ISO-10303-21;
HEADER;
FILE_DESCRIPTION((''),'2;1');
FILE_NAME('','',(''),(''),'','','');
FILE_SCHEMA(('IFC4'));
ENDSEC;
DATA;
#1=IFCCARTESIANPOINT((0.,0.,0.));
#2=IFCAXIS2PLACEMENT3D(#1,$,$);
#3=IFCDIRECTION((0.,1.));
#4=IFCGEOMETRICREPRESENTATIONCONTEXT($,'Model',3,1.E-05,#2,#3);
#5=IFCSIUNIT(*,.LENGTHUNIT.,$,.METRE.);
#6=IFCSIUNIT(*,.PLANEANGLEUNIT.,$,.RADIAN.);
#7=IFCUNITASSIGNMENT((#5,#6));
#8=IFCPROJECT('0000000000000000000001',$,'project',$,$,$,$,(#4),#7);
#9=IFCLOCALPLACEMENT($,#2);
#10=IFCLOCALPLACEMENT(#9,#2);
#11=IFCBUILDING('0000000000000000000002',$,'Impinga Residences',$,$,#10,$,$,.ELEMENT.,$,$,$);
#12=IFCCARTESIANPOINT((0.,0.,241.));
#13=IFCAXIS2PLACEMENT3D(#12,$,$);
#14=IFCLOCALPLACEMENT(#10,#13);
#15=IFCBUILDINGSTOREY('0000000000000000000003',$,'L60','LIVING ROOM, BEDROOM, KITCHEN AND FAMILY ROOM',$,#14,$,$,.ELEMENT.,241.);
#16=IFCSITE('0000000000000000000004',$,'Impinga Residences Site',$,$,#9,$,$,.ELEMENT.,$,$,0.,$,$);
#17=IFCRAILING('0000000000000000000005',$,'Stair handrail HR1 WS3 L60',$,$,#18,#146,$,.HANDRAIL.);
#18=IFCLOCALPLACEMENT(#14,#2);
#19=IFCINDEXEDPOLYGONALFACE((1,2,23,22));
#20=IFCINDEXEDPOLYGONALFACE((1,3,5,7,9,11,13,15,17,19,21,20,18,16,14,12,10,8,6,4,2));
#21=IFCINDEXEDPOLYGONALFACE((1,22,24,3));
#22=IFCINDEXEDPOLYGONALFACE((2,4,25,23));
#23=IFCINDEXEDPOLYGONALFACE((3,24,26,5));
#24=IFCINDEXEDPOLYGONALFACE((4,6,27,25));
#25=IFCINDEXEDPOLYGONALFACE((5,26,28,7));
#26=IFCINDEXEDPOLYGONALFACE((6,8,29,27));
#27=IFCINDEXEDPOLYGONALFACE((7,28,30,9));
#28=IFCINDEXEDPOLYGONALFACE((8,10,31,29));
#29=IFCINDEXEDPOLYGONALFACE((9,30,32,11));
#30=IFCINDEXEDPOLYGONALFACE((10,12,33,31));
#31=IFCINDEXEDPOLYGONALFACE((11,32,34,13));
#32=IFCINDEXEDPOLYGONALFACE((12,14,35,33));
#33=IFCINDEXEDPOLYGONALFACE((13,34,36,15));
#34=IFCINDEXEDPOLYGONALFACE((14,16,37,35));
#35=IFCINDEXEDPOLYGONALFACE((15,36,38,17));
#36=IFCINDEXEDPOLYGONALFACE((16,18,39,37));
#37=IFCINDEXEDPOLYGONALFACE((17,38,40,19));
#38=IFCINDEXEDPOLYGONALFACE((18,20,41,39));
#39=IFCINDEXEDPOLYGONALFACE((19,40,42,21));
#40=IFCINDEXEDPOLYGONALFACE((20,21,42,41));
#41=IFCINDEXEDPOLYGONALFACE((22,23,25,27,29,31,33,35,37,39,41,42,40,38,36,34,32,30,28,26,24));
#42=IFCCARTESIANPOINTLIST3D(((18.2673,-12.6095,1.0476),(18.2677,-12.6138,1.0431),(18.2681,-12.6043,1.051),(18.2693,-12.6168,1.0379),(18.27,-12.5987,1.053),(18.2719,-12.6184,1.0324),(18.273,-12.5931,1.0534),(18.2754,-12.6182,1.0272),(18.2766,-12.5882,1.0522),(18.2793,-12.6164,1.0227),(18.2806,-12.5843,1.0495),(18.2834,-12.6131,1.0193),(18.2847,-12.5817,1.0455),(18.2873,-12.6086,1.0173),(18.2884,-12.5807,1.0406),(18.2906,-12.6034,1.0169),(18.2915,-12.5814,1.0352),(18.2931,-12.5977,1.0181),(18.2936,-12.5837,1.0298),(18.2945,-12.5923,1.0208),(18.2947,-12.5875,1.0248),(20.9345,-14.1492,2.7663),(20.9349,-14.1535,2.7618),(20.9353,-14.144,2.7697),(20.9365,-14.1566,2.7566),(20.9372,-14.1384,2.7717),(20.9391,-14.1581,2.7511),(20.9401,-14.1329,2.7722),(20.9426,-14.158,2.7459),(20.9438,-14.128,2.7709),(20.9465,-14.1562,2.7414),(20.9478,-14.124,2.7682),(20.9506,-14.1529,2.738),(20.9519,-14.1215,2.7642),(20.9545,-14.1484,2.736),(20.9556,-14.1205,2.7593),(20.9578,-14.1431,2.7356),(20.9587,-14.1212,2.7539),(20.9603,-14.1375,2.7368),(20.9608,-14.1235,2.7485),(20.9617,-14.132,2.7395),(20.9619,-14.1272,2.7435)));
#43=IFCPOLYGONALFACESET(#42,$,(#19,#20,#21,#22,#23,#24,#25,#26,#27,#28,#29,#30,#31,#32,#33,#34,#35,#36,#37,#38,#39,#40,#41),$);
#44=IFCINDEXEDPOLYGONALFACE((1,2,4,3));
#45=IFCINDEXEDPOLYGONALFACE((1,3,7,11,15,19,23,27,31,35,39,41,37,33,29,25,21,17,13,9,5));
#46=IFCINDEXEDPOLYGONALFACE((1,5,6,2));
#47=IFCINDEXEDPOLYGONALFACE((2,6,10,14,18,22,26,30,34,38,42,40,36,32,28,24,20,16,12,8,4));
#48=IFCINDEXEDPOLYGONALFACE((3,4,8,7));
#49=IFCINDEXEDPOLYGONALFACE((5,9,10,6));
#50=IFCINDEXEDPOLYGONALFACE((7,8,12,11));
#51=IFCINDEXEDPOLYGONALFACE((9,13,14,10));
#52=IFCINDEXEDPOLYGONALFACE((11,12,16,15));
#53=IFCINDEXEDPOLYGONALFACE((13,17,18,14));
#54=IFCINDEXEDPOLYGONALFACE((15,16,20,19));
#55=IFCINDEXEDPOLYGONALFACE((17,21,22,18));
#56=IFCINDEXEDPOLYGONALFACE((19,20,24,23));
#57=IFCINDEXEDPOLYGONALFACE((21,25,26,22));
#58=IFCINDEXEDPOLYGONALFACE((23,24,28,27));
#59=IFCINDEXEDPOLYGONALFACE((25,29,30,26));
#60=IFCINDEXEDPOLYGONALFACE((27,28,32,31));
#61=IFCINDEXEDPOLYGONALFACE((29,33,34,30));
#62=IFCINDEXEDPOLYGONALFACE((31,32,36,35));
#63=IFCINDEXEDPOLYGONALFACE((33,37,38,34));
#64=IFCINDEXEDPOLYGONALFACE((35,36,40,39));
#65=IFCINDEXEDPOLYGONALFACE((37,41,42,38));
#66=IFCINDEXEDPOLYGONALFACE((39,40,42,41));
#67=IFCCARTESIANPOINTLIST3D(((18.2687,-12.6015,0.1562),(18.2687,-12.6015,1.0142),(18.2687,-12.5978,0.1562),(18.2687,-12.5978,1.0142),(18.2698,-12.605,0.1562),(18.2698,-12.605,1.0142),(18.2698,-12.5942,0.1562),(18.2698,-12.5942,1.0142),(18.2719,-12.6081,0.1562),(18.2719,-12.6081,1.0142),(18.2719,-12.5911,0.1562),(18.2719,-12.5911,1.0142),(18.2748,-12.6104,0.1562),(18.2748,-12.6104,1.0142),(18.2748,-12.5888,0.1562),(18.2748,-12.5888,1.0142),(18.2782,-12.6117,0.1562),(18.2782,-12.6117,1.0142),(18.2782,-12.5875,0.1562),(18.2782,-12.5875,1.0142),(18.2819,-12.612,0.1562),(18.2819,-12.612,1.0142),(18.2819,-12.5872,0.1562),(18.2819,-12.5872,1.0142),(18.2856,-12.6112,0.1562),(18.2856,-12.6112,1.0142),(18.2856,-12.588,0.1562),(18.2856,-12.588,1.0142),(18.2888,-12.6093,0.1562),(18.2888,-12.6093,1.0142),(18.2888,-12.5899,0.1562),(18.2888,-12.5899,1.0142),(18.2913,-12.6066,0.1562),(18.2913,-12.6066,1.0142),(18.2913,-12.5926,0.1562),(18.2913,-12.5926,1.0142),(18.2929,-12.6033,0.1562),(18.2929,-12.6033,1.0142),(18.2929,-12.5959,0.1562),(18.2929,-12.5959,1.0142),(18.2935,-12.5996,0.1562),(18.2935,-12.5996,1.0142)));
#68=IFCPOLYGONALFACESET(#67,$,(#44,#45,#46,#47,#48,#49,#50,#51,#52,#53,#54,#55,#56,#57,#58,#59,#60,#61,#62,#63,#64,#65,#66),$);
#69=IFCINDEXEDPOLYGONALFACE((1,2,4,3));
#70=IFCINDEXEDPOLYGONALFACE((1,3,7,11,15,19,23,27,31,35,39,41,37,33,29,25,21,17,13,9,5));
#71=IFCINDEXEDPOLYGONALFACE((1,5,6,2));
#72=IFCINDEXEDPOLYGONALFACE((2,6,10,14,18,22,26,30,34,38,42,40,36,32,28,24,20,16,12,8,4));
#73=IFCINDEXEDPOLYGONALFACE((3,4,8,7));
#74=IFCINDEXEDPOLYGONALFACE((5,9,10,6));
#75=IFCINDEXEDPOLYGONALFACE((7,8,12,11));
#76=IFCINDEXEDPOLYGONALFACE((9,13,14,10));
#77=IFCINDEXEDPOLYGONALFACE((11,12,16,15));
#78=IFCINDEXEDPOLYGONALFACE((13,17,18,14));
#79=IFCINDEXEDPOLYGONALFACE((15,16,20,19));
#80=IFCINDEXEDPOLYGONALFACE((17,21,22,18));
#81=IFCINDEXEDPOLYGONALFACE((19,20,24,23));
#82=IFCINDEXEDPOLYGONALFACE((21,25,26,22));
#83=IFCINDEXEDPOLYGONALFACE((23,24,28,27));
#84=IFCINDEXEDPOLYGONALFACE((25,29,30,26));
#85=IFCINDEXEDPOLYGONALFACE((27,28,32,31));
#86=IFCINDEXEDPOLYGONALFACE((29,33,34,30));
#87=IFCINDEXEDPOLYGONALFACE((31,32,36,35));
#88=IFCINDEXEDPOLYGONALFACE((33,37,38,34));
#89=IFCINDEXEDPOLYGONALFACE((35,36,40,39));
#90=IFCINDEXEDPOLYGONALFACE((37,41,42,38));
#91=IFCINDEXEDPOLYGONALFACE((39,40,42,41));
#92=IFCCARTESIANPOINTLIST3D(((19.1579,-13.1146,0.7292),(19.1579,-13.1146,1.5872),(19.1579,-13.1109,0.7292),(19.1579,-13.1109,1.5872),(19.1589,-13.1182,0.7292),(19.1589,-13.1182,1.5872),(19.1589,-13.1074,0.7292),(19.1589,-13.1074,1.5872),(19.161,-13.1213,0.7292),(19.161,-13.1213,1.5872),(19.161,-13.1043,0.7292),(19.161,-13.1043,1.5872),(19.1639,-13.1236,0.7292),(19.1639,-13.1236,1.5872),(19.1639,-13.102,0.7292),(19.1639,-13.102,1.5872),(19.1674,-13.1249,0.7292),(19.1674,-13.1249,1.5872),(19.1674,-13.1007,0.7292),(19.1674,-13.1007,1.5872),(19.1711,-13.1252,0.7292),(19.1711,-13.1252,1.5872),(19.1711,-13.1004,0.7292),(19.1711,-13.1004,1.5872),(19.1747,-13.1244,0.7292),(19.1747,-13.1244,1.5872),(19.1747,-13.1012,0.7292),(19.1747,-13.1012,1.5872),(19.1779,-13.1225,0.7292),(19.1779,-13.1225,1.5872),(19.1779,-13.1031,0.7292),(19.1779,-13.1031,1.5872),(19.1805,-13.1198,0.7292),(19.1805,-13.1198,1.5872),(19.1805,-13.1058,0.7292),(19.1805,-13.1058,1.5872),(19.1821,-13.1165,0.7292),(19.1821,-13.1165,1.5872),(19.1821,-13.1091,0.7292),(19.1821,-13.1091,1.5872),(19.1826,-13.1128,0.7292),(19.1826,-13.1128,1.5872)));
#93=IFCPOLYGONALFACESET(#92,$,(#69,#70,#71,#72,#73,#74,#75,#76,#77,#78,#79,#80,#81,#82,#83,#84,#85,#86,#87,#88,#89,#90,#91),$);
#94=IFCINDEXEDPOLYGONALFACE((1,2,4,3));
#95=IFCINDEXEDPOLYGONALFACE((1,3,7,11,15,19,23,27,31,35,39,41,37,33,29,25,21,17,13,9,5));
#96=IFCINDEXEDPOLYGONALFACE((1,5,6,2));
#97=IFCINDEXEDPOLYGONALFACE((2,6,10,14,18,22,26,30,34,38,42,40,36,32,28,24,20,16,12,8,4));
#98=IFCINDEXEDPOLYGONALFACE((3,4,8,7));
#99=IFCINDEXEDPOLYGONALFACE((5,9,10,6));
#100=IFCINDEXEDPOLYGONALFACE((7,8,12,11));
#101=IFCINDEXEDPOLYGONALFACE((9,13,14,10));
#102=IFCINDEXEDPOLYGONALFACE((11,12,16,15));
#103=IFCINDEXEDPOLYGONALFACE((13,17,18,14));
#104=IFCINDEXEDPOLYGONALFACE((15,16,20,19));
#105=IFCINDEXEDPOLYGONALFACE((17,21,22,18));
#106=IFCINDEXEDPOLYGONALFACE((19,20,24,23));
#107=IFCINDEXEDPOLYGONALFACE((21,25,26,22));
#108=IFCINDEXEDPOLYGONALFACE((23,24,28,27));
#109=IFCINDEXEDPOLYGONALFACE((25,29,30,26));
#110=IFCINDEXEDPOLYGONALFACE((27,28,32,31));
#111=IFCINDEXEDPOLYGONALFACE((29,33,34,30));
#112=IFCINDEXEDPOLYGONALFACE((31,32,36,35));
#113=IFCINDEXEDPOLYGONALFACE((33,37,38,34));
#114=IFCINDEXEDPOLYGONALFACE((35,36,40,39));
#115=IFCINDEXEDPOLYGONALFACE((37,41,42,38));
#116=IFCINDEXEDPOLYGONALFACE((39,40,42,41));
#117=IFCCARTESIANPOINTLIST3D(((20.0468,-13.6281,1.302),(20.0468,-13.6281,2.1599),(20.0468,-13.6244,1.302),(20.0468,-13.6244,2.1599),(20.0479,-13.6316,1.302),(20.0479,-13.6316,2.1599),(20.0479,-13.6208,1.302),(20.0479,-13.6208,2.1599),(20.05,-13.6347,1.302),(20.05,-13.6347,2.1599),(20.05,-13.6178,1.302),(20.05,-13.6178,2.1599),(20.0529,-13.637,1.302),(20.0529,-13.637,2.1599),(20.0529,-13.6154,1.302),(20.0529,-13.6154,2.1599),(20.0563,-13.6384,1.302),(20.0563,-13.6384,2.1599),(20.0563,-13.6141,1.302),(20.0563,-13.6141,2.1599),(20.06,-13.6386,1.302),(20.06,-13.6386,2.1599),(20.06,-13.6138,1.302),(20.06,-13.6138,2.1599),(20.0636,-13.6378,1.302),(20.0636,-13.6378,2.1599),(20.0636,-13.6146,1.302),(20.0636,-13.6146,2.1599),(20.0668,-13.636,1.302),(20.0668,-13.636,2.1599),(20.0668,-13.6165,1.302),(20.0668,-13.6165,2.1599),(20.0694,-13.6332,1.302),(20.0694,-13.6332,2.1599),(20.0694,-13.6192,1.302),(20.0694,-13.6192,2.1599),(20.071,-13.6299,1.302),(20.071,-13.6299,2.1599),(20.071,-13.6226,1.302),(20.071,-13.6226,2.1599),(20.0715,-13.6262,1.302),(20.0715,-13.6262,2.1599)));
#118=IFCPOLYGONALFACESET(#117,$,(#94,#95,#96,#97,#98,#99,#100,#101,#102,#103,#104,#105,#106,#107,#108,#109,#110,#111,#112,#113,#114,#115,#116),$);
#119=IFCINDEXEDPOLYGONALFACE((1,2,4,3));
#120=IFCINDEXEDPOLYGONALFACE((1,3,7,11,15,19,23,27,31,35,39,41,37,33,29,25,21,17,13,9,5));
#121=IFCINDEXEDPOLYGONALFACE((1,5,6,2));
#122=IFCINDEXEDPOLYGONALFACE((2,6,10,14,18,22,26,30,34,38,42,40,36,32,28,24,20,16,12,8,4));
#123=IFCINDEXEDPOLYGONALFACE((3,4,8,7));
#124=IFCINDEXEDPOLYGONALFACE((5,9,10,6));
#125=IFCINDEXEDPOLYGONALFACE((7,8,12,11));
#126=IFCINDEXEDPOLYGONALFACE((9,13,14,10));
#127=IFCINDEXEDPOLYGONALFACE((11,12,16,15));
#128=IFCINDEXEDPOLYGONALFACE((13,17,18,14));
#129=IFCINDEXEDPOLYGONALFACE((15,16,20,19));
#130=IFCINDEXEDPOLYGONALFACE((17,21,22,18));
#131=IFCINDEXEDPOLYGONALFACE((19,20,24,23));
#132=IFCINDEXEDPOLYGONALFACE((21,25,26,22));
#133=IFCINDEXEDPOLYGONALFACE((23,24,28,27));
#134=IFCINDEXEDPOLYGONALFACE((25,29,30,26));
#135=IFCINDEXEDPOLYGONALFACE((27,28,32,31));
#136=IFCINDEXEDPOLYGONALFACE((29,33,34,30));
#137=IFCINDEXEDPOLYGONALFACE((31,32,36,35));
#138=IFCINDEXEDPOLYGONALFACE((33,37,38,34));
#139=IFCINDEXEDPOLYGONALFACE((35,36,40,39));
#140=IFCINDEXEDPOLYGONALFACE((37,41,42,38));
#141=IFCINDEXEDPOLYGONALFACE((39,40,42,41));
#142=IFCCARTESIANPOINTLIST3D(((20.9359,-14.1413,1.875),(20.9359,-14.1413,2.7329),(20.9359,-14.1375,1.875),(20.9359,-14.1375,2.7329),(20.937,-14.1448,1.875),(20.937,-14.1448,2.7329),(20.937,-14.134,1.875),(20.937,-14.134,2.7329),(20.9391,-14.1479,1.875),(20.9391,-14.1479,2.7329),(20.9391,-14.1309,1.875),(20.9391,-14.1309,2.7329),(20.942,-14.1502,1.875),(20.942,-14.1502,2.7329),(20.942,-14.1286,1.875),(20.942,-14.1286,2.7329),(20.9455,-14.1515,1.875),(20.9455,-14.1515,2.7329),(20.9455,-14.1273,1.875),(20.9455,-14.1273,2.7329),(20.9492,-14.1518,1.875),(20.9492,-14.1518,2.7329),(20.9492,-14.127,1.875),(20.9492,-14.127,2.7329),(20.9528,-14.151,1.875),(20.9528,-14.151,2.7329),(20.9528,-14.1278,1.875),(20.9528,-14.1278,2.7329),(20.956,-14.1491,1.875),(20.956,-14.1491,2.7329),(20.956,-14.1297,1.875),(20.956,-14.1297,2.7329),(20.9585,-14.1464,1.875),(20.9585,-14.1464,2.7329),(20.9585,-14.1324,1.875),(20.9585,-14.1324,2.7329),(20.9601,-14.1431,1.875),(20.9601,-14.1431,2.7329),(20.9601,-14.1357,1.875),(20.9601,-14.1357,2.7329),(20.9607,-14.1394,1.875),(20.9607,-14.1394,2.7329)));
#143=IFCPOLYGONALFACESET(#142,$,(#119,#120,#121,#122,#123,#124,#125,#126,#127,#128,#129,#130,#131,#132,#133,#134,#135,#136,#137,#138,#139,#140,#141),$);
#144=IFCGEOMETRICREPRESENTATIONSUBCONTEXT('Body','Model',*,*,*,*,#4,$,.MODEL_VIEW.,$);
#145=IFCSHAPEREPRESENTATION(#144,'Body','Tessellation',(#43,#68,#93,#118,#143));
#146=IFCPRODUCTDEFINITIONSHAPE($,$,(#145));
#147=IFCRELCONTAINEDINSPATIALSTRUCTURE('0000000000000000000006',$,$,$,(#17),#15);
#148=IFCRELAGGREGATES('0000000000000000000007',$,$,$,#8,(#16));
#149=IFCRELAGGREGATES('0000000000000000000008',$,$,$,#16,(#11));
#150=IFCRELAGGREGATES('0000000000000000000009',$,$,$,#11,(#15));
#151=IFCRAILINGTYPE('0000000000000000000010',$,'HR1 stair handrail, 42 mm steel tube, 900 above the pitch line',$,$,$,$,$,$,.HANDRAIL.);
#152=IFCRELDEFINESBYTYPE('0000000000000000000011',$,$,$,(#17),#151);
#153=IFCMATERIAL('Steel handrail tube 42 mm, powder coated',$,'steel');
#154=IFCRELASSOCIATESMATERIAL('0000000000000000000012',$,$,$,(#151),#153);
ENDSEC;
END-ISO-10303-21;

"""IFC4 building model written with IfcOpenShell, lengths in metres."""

from ifc_helpers import new_model, si_unit, direction, frame, origin, origin_2d, place, context, subcontext, project, spatial, circle, extrude, material, type_object, element, save


model = new_model("IFC4")

# Units and contexts
model_context = context("Model", 3, precision=1e-05, world=origin(), true_north=direction((0.0, 1.0)))
body_context = subcontext(model_context, "Body", "Model", "MODEL_VIEW")
ifc_project = project(units=[si_unit("LENGTHUNIT", "METRE"), si_unit("PLANEANGLEUNIT", "RADIAN")], contexts=[model_context])

# Site, building, storey
site_placement = place(None, origin())
site = spatial("IfcSite", under=ifc_project, at=site_placement, Name="Impinga Residences Site", CompositionType="ELEMENT", RefElevation=0.0)
building_placement = place(site_placement, origin())
building = spatial("IfcBuilding", under=site, at=building_placement, Name="Impinga Residences", CompositionType="ELEMENT")
storey_placement = place(building_placement, frame((0.0, 0.0, 241.0)))
storey = spatial("IfcBuildingStorey", under=building, at=storey_placement, Name="L60", Description="LIVING ROOM, BEDROOM, KITCHEN AND FAMILY ROOM", CompositionType="ELEMENT", Elevation=241.0)

# Railing
ifc_material_1 = material(Name="Steel handrail tube 42 mm, powder coated", Category="steel")
railing_type_1 = type_object("IfcRailingType", Name="HR1 stair handrail, 42 mm steel tube, 900 above the pitch line", PredefinedType="HANDRAIL", material=ifc_material_1)
railing_1_placement = place(storey_placement, frame((18.281, -12.5996, 0.1562)))
element("IfcRailing", 1, at=railing_1_placement, inside=storey, type_object=railing_type_1, Name="Stair handrail HR1 WS3 L60", PredefinedType="HANDRAIL", context=body_context, shape_type="SweptSolid", body=[
    extrude(circle(Radius=0.021, at=origin_2d()), frame((0.0, 0.0, 0.8789), z_axis=(0.756249, -0.436582, 0.487322), x_axis=(0.499967, 0.866044, 0.0)), (0.0, 0.0, 1.0), 3.5269),
    extrude(circle(Radius=0.0125, at=origin_2d()), origin(), (0.0, 0.0, 1.0), 0.8579),
    extrude(circle(Radius=0.0125, at=origin_2d()), frame((0.8892, -0.5132, 0.573)), (0.0, 0.0, 1.0), 0.8579),
    extrude(circle(Radius=0.0125, at=origin_2d()), frame((1.7781, -1.0266, 1.1458)), (0.0, 0.0, 1.0), 0.8579),
    extrude(circle(Radius=0.0125, at=origin_2d()), frame((2.6672, -1.5398, 1.7188)), (0.0, 0.0, 1.0), 0.8579),
])

save(model, "model.ifc")
